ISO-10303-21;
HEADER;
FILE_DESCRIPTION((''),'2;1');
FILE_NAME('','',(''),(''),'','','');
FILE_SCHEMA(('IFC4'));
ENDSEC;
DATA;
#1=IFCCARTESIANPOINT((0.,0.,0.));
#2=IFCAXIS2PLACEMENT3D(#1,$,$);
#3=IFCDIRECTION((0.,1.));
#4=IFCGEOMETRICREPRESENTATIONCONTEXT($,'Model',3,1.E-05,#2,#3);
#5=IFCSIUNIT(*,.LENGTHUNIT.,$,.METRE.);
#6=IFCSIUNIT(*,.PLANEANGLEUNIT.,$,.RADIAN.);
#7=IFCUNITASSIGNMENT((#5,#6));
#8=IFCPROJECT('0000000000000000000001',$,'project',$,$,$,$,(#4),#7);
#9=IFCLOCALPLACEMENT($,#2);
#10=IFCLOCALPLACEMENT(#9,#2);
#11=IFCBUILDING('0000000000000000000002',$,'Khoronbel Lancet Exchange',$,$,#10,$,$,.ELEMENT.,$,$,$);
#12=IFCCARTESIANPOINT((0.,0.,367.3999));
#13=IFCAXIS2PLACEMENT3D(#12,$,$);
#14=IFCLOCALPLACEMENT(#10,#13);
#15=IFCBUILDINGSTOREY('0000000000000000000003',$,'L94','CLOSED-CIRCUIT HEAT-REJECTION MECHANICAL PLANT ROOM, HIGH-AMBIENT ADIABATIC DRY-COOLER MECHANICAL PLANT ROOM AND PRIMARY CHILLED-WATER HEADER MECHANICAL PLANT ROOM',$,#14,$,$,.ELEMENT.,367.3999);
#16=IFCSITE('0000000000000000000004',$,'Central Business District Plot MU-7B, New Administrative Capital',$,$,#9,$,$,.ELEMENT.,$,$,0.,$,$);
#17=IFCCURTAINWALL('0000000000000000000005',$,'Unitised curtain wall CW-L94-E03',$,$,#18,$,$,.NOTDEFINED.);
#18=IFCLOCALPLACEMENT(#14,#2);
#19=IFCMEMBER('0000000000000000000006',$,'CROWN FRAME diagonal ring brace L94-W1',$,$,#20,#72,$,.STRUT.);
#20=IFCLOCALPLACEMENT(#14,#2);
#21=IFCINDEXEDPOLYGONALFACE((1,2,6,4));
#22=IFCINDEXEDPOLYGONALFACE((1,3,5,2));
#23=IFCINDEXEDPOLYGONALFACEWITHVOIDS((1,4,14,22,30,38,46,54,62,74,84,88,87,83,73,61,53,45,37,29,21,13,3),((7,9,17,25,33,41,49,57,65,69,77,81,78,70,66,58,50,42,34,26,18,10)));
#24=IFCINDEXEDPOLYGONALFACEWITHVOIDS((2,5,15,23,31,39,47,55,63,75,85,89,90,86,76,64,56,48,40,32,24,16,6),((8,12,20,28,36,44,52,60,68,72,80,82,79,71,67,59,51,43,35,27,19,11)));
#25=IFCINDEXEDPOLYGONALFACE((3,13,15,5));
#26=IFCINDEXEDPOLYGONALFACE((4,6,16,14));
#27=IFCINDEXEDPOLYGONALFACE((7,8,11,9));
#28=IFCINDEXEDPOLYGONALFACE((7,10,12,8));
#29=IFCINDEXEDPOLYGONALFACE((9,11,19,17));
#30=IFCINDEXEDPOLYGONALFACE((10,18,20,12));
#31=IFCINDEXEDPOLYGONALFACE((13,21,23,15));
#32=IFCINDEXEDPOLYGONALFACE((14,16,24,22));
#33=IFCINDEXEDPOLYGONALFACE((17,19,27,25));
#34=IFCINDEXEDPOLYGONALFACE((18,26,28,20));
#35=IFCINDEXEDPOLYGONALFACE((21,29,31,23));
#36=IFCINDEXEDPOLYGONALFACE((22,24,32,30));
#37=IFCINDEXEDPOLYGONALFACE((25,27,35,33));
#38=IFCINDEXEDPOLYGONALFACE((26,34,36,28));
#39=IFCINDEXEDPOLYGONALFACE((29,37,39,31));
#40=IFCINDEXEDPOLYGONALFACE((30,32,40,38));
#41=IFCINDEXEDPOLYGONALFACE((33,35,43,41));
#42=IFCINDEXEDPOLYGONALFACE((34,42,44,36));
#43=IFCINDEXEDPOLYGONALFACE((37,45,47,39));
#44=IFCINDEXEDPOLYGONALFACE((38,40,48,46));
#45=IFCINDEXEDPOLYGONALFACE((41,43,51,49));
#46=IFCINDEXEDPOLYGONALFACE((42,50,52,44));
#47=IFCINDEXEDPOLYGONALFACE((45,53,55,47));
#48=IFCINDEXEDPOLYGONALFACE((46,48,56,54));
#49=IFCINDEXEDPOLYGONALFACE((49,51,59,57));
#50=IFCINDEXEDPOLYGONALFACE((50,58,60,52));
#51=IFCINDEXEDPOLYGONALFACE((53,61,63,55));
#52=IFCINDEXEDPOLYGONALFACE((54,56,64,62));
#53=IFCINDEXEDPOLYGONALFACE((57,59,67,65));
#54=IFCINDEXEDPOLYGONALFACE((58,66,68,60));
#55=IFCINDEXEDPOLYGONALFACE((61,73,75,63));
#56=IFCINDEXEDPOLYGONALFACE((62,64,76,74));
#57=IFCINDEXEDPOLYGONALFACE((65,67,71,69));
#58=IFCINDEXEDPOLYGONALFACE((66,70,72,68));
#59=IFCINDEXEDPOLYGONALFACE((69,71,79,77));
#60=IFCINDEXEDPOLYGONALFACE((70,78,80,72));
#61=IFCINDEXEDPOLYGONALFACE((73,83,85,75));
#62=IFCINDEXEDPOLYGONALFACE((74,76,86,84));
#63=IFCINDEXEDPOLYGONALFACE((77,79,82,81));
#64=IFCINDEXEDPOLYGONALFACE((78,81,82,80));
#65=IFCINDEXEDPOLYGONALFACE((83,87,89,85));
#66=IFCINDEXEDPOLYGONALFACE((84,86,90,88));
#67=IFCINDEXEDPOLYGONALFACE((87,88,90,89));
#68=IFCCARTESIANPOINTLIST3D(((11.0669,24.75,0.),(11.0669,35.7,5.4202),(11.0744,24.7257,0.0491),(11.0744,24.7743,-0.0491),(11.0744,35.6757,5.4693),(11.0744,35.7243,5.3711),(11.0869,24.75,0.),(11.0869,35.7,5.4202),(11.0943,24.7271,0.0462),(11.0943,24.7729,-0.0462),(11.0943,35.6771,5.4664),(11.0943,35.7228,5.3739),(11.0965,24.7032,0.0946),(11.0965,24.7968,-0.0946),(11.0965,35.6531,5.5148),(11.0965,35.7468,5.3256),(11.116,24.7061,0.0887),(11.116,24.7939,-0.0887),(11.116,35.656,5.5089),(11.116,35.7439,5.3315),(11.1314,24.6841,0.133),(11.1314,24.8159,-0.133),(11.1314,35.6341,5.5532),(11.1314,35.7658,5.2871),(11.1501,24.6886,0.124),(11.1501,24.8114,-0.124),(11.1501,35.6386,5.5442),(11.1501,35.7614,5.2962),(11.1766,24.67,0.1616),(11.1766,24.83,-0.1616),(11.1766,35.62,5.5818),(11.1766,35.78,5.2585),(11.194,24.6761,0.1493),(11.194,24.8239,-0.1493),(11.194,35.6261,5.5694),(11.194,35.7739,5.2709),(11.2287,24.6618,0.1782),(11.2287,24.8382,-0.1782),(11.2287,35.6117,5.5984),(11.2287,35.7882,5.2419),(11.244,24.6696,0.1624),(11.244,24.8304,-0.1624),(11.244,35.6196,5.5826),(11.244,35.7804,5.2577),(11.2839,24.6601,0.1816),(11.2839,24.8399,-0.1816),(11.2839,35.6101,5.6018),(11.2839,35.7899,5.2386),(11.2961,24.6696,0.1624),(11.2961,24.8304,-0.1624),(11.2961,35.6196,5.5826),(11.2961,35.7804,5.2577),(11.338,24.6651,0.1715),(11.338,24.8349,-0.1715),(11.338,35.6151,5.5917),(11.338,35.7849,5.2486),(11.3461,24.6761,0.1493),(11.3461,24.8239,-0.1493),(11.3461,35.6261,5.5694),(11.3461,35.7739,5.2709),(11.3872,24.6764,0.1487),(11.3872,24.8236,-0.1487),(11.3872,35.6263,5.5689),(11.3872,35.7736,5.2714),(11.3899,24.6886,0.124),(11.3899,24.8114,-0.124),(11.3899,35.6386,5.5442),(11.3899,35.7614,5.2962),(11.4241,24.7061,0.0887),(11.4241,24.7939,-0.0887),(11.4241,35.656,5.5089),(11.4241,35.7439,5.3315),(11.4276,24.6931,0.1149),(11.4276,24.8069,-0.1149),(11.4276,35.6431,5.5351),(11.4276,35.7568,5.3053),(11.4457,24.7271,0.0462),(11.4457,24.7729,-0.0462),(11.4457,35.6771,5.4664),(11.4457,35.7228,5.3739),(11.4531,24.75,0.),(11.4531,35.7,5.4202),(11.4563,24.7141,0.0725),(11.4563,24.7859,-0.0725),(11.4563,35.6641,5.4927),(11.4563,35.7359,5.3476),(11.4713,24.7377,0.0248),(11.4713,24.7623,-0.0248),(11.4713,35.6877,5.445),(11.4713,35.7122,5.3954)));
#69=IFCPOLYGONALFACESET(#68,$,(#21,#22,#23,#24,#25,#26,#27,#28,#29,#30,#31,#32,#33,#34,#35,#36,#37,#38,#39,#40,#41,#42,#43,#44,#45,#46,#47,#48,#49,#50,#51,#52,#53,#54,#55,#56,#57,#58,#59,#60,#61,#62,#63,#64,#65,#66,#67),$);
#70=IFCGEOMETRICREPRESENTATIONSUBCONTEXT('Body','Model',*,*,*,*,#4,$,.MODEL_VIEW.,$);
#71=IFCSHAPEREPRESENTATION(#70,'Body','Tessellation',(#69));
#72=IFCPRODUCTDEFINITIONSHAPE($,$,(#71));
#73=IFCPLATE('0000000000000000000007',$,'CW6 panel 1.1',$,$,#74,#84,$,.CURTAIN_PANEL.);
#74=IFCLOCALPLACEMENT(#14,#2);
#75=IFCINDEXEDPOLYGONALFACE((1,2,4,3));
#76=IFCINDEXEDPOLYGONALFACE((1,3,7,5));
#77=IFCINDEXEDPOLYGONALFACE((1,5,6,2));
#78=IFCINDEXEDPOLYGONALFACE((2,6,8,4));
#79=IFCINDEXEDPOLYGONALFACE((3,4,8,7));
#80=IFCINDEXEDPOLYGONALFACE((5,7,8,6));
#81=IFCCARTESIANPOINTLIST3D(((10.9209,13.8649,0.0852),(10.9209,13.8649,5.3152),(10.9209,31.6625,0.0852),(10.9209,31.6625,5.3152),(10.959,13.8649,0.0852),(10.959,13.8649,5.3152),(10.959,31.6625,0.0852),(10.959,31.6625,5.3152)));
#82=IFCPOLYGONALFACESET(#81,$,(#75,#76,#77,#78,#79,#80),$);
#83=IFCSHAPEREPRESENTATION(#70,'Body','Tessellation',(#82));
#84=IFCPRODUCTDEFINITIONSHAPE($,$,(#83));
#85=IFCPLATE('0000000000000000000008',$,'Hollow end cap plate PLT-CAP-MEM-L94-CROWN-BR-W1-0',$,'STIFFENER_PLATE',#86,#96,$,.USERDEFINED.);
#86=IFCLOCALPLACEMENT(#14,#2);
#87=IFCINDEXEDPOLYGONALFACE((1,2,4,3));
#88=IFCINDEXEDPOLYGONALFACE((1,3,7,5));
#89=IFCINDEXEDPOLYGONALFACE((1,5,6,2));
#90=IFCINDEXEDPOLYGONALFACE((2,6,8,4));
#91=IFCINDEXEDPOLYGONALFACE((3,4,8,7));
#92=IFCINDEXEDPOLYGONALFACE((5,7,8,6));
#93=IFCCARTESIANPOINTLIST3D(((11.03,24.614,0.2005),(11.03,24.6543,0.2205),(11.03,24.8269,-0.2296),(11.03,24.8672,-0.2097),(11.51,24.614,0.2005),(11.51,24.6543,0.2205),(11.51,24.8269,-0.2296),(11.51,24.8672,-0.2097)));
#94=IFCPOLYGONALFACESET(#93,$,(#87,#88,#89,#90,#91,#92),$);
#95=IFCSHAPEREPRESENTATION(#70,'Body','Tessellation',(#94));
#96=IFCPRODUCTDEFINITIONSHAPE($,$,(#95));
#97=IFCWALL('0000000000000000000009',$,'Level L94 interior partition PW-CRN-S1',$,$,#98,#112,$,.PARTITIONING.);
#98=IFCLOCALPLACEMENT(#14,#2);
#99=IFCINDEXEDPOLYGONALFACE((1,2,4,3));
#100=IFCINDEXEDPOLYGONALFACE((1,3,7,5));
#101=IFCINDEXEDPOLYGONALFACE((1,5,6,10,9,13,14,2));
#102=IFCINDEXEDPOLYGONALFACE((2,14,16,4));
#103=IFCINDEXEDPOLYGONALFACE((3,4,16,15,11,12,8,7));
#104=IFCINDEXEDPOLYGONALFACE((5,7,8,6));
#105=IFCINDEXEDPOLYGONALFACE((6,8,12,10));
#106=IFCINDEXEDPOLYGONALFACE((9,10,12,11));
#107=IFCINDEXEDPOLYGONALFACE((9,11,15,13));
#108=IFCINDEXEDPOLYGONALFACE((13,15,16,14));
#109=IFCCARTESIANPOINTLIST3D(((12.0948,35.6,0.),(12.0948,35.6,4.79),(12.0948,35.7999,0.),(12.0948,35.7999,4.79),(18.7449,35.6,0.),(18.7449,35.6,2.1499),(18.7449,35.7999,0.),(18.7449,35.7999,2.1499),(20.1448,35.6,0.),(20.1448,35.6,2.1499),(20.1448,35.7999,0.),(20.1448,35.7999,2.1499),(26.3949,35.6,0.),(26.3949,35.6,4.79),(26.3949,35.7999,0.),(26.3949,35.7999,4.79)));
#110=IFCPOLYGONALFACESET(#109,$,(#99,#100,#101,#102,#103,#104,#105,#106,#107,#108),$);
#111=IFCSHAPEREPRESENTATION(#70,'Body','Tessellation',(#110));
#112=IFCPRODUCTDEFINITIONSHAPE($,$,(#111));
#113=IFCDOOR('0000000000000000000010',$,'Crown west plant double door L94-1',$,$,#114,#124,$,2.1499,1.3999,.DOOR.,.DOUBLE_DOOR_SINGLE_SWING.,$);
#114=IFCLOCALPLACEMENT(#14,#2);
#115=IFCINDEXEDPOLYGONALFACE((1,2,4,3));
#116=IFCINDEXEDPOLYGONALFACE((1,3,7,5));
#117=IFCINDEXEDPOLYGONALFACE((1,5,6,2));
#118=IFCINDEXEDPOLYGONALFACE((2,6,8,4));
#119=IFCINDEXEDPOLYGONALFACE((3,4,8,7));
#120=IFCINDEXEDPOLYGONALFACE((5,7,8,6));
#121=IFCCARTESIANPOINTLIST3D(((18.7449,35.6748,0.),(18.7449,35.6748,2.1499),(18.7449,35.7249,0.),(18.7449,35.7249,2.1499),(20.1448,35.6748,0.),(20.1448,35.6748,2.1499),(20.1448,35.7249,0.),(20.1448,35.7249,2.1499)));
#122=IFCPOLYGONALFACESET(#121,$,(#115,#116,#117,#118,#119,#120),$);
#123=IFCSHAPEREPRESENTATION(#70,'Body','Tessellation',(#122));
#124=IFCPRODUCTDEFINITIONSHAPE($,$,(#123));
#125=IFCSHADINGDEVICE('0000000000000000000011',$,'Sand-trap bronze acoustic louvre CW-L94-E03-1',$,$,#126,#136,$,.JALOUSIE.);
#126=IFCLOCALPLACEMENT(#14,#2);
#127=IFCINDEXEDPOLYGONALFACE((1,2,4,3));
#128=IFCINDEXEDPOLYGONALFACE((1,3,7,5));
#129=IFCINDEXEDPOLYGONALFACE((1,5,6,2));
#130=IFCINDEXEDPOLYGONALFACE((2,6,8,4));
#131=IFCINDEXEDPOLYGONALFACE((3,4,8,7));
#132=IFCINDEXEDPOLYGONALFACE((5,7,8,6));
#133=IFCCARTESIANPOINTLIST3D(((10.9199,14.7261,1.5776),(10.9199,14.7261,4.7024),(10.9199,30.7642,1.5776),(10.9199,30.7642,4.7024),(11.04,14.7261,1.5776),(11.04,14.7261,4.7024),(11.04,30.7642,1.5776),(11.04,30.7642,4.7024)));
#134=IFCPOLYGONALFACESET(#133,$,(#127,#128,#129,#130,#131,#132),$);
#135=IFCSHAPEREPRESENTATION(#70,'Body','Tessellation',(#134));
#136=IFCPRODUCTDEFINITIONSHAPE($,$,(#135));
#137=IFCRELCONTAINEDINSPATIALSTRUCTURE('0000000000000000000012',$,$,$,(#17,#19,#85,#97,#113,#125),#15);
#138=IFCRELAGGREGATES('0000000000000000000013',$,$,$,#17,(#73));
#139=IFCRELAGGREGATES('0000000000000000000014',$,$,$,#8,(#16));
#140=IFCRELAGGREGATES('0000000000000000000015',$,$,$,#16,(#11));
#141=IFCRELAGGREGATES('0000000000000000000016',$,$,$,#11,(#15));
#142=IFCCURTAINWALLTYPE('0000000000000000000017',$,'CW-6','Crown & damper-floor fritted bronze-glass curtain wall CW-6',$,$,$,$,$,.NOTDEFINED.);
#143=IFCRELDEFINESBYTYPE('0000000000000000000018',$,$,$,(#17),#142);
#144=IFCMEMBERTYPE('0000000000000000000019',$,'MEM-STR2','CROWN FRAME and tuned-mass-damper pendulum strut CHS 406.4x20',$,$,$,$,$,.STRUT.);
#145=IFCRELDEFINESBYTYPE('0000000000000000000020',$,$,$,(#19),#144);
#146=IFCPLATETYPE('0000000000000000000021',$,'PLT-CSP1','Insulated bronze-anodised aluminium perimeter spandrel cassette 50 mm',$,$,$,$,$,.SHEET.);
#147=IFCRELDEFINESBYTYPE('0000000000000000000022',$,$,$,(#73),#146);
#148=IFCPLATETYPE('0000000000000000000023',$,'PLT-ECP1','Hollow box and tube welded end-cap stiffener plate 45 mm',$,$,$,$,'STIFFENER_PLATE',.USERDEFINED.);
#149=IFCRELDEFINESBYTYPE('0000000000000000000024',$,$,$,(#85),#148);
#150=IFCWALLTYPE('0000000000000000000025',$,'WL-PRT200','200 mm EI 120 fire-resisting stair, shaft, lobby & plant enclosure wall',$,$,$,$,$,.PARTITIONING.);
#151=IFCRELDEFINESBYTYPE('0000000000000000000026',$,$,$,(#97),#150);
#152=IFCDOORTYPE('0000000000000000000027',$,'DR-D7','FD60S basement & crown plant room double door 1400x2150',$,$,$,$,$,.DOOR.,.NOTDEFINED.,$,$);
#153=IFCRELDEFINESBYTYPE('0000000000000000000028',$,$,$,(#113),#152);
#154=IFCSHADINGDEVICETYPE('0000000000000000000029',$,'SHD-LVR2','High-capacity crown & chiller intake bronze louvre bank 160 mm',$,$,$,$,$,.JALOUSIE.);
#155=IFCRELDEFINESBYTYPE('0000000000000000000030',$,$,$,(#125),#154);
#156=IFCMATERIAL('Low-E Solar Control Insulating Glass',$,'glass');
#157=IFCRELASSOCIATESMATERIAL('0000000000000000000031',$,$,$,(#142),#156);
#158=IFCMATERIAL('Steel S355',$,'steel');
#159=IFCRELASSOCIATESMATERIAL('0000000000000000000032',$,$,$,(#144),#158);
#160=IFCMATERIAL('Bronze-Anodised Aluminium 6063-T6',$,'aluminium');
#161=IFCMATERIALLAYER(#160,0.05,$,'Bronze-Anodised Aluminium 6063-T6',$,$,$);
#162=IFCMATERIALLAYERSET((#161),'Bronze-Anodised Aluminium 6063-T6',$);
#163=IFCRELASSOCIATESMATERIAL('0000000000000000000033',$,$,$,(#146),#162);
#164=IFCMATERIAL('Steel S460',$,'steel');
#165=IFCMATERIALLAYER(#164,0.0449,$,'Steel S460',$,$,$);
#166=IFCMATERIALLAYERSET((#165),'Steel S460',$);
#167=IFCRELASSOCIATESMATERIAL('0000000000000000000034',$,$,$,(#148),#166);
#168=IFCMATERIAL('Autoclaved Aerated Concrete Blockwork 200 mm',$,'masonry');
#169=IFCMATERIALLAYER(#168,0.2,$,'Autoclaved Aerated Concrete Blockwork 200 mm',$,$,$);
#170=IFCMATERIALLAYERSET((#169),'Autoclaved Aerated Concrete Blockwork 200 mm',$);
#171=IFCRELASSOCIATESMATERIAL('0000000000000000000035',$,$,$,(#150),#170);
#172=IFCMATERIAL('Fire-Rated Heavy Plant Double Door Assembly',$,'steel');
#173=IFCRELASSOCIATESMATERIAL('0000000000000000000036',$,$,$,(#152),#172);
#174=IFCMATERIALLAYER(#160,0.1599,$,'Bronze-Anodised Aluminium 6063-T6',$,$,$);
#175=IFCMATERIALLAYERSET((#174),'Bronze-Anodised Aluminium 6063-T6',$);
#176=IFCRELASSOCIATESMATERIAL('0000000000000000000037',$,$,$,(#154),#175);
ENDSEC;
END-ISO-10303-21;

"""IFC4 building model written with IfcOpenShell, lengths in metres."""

from ifc_helpers import new_model, si_unit, direction, frame, frame_2d, origin, origin_2d, place, context, subcontext, project, spatial, polyline, rectangle, hollow_circle, outline, extrude, material, layer, layer_set, material_profile, profile_set, type_object, element, fill, aggregate, save


model = new_model("IFC4")

# Units and contexts
model_context = context("Model", 3, precision=1e-05, world=origin(), true_north=direction((0.0, 1.0)))
body_context = subcontext(model_context, "Body", "Model", "MODEL_VIEW")
ifc_project = project(units=[si_unit("LENGTHUNIT", "METRE"), si_unit("PLANEANGLEUNIT", "RADIAN")], contexts=[model_context])

# Site, building, storey
site_placement = place(None, origin())
site = spatial("IfcSite", under=ifc_project, at=site_placement, Name="Central Business District Plot MU-7B, New Administrative Capital", CompositionType="ELEMENT", RefElevation=0.0)
building_placement = place(site_placement, origin())
building = spatial("IfcBuilding", under=site, at=building_placement, Name="Khoronbel Lancet Exchange", CompositionType="ELEMENT")
storey_placement = place(building_placement, frame((0.0, 0.0, 367.3999)))
storey = spatial("IfcBuildingStorey", under=building, at=storey_placement, Name="L94", Description="CLOSED-CIRCUIT HEAT-REJECTION MECHANICAL PLANT ROOM, HIGH-AMBIENT ADIABATIC DRY-COOLER MECHANICAL PLANT ROOM AND PRIMARY CHILLED-WATER HEADER MECHANICAL PLANT ROOM", CompositionType="ELEMENT", Elevation=367.3999)

# Shared definitions
ifc_material_1 = material(Name="Steel S355", Category="steel")

# Curtain wall
ifc_material_2 = material(Name="Low-E Solar Control Insulating Glass", Category="glass")
curtain_wall_type = type_object("IfcCurtainWallType", Name="CW-6", Description="Crown & damper-floor fritted bronze-glass curtain wall CW-6", PredefinedType="NOTDEFINED", material=ifc_material_2)
curtain_wall_placement = place(storey_placement, origin())
curtain_wall = element("IfcCurtainWall", 1, at=curtain_wall_placement, inside=storey, type_object=curtain_wall_type, Name="Unitised curtain wall CW-L94-E03", PredefinedType="NOTDEFINED")
ifc_material_3 = material(Name="Bronze-Anodised Aluminium 6063-T6", Category="aluminium")

# Member
ifc_material_profile_1 = material_profile(ifc_material_1, hollow_circle(Radius=0.2031, WallThickness=0.02, at=origin_2d()), Name="CHS 406.4x20")
ifc_profile_set_1 = profile_set([ifc_material_profile_1], Name="Steel S355")
member_type_1 = type_object("IfcMemberType", Name="MEM-STR2", Description="CROWN FRAME and tuned-mass-damper pendulum strut CHS 406.4x20", PredefinedType="STRUT", material=ifc_profile_set_1)
member_1_placement = place(storey_placement, frame((11.27, 24.75, 0.0), z_axis=(0.0, 0.896214, 0.443621), x_axis=(-1.0, 0.0, 0.0)))
element("IfcMember", 2, at=member_1_placement, inside=storey, type_object=member_type_1, Name="CROWN FRAME diagonal ring brace L94-W1", PredefinedType="STRUT", context=body_context, shape_type="SweptSolid", body=[
    extrude(hollow_circle(Radius=0.2031, WallThickness=0.02, at=origin_2d()), origin(), (0.0, 0.0, 1.0), 12.218),
])

# Plates
ifc_layer_1 = layer(ifc_material_3, 0.05, Name="Bronze-Anodised Aluminium 6063-T6")
ifc_layer_set_1 = layer_set([ifc_layer_1], Name="Bronze-Anodised Aluminium 6063-T6")
plate_type_1 = type_object("IfcPlateType", Name="PLT-CSP1", Description="Insulated bronze-anodised aluminium perimeter spandrel cassette 50 mm", PredefinedType="SHEET", material=ifc_layer_set_1)
plate_1_placement = place(storey_placement, frame((10.9399, 22.7637, 0.0852), z_axis=(0.0, 0.0, 1.0), x_axis=(0.0, 1.0, 0.0)))
plate_1 = element("IfcPlate", 3, at=plate_1_placement, type_object=plate_type_1, Name="CW6 panel 1.1", PredefinedType="CURTAIN_PANEL", context=body_context, shape_type="SweptSolid", body=[
    extrude(rectangle(XDim=17.7976, YDim=0.0381, at=origin_2d()), origin(), (0.0, 0.0, 1.0), 5.23),
])
aggregate(curtain_wall, [plate_1])
ifc_material_4 = material(Name="Steel S460", Category="steel")
ifc_layer_2 = layer(ifc_material_4, 0.0449, Name="Steel S460")
ifc_layer_set_2 = layer_set([ifc_layer_2], Name="Steel S460")
plate_type_2 = type_object("IfcPlateType", Name="PLT-ECP1", Description="Hollow box and tube welded end-cap stiffener plate 45 mm", ElementType="STIFFENER_PLATE", PredefinedType="USERDEFINED", material=ifc_layer_set_2)
plate_2_placement = place(storey_placement, frame((11.51, 24.8672, -0.2097), z_axis=(0.0, 0.896251, 0.443548), x_axis=(-1.0, 0.0, 0.0)))
element("IfcPlate", 4, at=plate_2_placement, inside=storey, type_object=plate_type_2, Name="Hollow end cap plate PLT-CAP-MEM-L94-CROWN-BR-W1-0", ObjectType="STIFFENER_PLATE", PredefinedType="USERDEFINED", context=body_context, shape_type="SweptSolid", body=[
    extrude(outline(polyline([(0.0, 0.0), (0.48, 0.0), (0.48, 0.48), (0.0, 0.48), (0.0, 0.0)])), origin(), (0.0, 0.0, -1.0), 0.0449),
])

# Wall, opening, door
ifc_material_5 = material(Name="Autoclaved Aerated Concrete Blockwork 200 mm", Category="masonry")
ifc_layer_3 = layer(ifc_material_5, 0.2, Name="Autoclaved Aerated Concrete Blockwork 200 mm")
ifc_layer_set_3 = layer_set([ifc_layer_3], Name="Autoclaved Aerated Concrete Blockwork 200 mm")
wall_type = type_object("IfcWallType", Name="WL-PRT200", Description="200 mm EI 120 fire-resisting stair, shaft, lobby & plant enclosure wall", PredefinedType="PARTITIONING", material=ifc_layer_set_3)
wall_placement = place(storey_placement, frame((12.095, 35.7, 0.0), z_axis=(0.0, 0.0, 1.0), x_axis=(1.0, 0.0, 0.0)))
wall = element("IfcWall", 5, at=wall_placement, inside=storey, type_object=wall_type, Name="Level L94 interior partition PW-CRN-S1", PredefinedType="PARTITIONING", context=body_context, shape_type="SweptSolid", body=[
    extrude(rectangle(XDim=14.3, YDim=0.2, at=frame_2d((7.1499, 0.0))), origin(), (0.0, 0.0, 1.0), 4.79),
])
opening_placement = place(wall_placement, frame((6.6499, 0.0, 0.0)))
opening = element("IfcOpeningElement", 6, at=opening_placement, cuts=wall, PredefinedType="OPENING", context=body_context, shape_type="SweptSolid", body=[
    extrude(rectangle(XDim=1.3999, YDim=2.1499, at=frame_2d((0.7, 1.075))), frame((0.0, 0.1099, 0.0), z_axis=(0.0, -1.0, 0.0), x_axis=(1.0, 0.0, 0.0)), (0.0, 0.0, 1.0), 0.22),
])
ifc_material_6 = material(Name="Fire-Rated Heavy Plant Double Door Assembly", Category="steel")
door_type = type_object("IfcDoorType", Name="DR-D7", Description="FD60S basement & crown plant room double door 1400x2150", OperationType="NOTDEFINED", PredefinedType="DOOR", material=ifc_material_6)
door_placement = place(opening_placement, origin())
door = element("IfcDoor", 7, at=door_placement, inside=storey, type_object=door_type, Name="Crown west plant double door L94-1", OperationType="DOUBLE_DOOR_SINGLE_SWING", OverallHeight=2.1499, OverallWidth=1.3999, PredefinedType="DOOR", context=body_context, shape_type="SweptSolid", body=[
    extrude(rectangle(XDim=1.3999, YDim=2.1499, at=frame_2d((0.7, 1.075))), frame((0.0, 0.0249, 0.0), z_axis=(0.0, -1.0, 0.0), x_axis=(1.0, 0.0, 0.0)), (0.0, 0.0, 1.0), 0.05),
])
fill(opening, door)

# Shading device
ifc_layer_4 = layer(ifc_material_3, 0.1599, Name="Bronze-Anodised Aluminium 6063-T6")
ifc_layer_set_4 = layer_set([ifc_layer_4], Name="Bronze-Anodised Aluminium 6063-T6")
shading_device_type = type_object("IfcShadingDeviceType", Name="SHD-LVR2", Description="High-capacity crown & chiller intake bronze louvre bank 160 mm", PredefinedType="JALOUSIE", material=ifc_layer_set_4)
shading_device_placement = place(storey_placement, frame((10.98, 22.7451, 1.5776), z_axis=(0.0, 0.0, 1.0), x_axis=(0.0, 1.0, 0.0)))
element("IfcShadingDevice", 8, at=shading_device_placement, inside=storey, type_object=shading_device_type, Name="Sand-trap bronze acoustic louvre CW-L94-E03-1", PredefinedType="JALOUSIE", context=body_context, shape_type="SweptSolid", body=[
    extrude(rectangle(XDim=16.0381, YDim=0.1201, at=origin_2d()), origin(), (0.0, 0.0, 1.0), 3.1248),
])

save(model, "model.ifc")
